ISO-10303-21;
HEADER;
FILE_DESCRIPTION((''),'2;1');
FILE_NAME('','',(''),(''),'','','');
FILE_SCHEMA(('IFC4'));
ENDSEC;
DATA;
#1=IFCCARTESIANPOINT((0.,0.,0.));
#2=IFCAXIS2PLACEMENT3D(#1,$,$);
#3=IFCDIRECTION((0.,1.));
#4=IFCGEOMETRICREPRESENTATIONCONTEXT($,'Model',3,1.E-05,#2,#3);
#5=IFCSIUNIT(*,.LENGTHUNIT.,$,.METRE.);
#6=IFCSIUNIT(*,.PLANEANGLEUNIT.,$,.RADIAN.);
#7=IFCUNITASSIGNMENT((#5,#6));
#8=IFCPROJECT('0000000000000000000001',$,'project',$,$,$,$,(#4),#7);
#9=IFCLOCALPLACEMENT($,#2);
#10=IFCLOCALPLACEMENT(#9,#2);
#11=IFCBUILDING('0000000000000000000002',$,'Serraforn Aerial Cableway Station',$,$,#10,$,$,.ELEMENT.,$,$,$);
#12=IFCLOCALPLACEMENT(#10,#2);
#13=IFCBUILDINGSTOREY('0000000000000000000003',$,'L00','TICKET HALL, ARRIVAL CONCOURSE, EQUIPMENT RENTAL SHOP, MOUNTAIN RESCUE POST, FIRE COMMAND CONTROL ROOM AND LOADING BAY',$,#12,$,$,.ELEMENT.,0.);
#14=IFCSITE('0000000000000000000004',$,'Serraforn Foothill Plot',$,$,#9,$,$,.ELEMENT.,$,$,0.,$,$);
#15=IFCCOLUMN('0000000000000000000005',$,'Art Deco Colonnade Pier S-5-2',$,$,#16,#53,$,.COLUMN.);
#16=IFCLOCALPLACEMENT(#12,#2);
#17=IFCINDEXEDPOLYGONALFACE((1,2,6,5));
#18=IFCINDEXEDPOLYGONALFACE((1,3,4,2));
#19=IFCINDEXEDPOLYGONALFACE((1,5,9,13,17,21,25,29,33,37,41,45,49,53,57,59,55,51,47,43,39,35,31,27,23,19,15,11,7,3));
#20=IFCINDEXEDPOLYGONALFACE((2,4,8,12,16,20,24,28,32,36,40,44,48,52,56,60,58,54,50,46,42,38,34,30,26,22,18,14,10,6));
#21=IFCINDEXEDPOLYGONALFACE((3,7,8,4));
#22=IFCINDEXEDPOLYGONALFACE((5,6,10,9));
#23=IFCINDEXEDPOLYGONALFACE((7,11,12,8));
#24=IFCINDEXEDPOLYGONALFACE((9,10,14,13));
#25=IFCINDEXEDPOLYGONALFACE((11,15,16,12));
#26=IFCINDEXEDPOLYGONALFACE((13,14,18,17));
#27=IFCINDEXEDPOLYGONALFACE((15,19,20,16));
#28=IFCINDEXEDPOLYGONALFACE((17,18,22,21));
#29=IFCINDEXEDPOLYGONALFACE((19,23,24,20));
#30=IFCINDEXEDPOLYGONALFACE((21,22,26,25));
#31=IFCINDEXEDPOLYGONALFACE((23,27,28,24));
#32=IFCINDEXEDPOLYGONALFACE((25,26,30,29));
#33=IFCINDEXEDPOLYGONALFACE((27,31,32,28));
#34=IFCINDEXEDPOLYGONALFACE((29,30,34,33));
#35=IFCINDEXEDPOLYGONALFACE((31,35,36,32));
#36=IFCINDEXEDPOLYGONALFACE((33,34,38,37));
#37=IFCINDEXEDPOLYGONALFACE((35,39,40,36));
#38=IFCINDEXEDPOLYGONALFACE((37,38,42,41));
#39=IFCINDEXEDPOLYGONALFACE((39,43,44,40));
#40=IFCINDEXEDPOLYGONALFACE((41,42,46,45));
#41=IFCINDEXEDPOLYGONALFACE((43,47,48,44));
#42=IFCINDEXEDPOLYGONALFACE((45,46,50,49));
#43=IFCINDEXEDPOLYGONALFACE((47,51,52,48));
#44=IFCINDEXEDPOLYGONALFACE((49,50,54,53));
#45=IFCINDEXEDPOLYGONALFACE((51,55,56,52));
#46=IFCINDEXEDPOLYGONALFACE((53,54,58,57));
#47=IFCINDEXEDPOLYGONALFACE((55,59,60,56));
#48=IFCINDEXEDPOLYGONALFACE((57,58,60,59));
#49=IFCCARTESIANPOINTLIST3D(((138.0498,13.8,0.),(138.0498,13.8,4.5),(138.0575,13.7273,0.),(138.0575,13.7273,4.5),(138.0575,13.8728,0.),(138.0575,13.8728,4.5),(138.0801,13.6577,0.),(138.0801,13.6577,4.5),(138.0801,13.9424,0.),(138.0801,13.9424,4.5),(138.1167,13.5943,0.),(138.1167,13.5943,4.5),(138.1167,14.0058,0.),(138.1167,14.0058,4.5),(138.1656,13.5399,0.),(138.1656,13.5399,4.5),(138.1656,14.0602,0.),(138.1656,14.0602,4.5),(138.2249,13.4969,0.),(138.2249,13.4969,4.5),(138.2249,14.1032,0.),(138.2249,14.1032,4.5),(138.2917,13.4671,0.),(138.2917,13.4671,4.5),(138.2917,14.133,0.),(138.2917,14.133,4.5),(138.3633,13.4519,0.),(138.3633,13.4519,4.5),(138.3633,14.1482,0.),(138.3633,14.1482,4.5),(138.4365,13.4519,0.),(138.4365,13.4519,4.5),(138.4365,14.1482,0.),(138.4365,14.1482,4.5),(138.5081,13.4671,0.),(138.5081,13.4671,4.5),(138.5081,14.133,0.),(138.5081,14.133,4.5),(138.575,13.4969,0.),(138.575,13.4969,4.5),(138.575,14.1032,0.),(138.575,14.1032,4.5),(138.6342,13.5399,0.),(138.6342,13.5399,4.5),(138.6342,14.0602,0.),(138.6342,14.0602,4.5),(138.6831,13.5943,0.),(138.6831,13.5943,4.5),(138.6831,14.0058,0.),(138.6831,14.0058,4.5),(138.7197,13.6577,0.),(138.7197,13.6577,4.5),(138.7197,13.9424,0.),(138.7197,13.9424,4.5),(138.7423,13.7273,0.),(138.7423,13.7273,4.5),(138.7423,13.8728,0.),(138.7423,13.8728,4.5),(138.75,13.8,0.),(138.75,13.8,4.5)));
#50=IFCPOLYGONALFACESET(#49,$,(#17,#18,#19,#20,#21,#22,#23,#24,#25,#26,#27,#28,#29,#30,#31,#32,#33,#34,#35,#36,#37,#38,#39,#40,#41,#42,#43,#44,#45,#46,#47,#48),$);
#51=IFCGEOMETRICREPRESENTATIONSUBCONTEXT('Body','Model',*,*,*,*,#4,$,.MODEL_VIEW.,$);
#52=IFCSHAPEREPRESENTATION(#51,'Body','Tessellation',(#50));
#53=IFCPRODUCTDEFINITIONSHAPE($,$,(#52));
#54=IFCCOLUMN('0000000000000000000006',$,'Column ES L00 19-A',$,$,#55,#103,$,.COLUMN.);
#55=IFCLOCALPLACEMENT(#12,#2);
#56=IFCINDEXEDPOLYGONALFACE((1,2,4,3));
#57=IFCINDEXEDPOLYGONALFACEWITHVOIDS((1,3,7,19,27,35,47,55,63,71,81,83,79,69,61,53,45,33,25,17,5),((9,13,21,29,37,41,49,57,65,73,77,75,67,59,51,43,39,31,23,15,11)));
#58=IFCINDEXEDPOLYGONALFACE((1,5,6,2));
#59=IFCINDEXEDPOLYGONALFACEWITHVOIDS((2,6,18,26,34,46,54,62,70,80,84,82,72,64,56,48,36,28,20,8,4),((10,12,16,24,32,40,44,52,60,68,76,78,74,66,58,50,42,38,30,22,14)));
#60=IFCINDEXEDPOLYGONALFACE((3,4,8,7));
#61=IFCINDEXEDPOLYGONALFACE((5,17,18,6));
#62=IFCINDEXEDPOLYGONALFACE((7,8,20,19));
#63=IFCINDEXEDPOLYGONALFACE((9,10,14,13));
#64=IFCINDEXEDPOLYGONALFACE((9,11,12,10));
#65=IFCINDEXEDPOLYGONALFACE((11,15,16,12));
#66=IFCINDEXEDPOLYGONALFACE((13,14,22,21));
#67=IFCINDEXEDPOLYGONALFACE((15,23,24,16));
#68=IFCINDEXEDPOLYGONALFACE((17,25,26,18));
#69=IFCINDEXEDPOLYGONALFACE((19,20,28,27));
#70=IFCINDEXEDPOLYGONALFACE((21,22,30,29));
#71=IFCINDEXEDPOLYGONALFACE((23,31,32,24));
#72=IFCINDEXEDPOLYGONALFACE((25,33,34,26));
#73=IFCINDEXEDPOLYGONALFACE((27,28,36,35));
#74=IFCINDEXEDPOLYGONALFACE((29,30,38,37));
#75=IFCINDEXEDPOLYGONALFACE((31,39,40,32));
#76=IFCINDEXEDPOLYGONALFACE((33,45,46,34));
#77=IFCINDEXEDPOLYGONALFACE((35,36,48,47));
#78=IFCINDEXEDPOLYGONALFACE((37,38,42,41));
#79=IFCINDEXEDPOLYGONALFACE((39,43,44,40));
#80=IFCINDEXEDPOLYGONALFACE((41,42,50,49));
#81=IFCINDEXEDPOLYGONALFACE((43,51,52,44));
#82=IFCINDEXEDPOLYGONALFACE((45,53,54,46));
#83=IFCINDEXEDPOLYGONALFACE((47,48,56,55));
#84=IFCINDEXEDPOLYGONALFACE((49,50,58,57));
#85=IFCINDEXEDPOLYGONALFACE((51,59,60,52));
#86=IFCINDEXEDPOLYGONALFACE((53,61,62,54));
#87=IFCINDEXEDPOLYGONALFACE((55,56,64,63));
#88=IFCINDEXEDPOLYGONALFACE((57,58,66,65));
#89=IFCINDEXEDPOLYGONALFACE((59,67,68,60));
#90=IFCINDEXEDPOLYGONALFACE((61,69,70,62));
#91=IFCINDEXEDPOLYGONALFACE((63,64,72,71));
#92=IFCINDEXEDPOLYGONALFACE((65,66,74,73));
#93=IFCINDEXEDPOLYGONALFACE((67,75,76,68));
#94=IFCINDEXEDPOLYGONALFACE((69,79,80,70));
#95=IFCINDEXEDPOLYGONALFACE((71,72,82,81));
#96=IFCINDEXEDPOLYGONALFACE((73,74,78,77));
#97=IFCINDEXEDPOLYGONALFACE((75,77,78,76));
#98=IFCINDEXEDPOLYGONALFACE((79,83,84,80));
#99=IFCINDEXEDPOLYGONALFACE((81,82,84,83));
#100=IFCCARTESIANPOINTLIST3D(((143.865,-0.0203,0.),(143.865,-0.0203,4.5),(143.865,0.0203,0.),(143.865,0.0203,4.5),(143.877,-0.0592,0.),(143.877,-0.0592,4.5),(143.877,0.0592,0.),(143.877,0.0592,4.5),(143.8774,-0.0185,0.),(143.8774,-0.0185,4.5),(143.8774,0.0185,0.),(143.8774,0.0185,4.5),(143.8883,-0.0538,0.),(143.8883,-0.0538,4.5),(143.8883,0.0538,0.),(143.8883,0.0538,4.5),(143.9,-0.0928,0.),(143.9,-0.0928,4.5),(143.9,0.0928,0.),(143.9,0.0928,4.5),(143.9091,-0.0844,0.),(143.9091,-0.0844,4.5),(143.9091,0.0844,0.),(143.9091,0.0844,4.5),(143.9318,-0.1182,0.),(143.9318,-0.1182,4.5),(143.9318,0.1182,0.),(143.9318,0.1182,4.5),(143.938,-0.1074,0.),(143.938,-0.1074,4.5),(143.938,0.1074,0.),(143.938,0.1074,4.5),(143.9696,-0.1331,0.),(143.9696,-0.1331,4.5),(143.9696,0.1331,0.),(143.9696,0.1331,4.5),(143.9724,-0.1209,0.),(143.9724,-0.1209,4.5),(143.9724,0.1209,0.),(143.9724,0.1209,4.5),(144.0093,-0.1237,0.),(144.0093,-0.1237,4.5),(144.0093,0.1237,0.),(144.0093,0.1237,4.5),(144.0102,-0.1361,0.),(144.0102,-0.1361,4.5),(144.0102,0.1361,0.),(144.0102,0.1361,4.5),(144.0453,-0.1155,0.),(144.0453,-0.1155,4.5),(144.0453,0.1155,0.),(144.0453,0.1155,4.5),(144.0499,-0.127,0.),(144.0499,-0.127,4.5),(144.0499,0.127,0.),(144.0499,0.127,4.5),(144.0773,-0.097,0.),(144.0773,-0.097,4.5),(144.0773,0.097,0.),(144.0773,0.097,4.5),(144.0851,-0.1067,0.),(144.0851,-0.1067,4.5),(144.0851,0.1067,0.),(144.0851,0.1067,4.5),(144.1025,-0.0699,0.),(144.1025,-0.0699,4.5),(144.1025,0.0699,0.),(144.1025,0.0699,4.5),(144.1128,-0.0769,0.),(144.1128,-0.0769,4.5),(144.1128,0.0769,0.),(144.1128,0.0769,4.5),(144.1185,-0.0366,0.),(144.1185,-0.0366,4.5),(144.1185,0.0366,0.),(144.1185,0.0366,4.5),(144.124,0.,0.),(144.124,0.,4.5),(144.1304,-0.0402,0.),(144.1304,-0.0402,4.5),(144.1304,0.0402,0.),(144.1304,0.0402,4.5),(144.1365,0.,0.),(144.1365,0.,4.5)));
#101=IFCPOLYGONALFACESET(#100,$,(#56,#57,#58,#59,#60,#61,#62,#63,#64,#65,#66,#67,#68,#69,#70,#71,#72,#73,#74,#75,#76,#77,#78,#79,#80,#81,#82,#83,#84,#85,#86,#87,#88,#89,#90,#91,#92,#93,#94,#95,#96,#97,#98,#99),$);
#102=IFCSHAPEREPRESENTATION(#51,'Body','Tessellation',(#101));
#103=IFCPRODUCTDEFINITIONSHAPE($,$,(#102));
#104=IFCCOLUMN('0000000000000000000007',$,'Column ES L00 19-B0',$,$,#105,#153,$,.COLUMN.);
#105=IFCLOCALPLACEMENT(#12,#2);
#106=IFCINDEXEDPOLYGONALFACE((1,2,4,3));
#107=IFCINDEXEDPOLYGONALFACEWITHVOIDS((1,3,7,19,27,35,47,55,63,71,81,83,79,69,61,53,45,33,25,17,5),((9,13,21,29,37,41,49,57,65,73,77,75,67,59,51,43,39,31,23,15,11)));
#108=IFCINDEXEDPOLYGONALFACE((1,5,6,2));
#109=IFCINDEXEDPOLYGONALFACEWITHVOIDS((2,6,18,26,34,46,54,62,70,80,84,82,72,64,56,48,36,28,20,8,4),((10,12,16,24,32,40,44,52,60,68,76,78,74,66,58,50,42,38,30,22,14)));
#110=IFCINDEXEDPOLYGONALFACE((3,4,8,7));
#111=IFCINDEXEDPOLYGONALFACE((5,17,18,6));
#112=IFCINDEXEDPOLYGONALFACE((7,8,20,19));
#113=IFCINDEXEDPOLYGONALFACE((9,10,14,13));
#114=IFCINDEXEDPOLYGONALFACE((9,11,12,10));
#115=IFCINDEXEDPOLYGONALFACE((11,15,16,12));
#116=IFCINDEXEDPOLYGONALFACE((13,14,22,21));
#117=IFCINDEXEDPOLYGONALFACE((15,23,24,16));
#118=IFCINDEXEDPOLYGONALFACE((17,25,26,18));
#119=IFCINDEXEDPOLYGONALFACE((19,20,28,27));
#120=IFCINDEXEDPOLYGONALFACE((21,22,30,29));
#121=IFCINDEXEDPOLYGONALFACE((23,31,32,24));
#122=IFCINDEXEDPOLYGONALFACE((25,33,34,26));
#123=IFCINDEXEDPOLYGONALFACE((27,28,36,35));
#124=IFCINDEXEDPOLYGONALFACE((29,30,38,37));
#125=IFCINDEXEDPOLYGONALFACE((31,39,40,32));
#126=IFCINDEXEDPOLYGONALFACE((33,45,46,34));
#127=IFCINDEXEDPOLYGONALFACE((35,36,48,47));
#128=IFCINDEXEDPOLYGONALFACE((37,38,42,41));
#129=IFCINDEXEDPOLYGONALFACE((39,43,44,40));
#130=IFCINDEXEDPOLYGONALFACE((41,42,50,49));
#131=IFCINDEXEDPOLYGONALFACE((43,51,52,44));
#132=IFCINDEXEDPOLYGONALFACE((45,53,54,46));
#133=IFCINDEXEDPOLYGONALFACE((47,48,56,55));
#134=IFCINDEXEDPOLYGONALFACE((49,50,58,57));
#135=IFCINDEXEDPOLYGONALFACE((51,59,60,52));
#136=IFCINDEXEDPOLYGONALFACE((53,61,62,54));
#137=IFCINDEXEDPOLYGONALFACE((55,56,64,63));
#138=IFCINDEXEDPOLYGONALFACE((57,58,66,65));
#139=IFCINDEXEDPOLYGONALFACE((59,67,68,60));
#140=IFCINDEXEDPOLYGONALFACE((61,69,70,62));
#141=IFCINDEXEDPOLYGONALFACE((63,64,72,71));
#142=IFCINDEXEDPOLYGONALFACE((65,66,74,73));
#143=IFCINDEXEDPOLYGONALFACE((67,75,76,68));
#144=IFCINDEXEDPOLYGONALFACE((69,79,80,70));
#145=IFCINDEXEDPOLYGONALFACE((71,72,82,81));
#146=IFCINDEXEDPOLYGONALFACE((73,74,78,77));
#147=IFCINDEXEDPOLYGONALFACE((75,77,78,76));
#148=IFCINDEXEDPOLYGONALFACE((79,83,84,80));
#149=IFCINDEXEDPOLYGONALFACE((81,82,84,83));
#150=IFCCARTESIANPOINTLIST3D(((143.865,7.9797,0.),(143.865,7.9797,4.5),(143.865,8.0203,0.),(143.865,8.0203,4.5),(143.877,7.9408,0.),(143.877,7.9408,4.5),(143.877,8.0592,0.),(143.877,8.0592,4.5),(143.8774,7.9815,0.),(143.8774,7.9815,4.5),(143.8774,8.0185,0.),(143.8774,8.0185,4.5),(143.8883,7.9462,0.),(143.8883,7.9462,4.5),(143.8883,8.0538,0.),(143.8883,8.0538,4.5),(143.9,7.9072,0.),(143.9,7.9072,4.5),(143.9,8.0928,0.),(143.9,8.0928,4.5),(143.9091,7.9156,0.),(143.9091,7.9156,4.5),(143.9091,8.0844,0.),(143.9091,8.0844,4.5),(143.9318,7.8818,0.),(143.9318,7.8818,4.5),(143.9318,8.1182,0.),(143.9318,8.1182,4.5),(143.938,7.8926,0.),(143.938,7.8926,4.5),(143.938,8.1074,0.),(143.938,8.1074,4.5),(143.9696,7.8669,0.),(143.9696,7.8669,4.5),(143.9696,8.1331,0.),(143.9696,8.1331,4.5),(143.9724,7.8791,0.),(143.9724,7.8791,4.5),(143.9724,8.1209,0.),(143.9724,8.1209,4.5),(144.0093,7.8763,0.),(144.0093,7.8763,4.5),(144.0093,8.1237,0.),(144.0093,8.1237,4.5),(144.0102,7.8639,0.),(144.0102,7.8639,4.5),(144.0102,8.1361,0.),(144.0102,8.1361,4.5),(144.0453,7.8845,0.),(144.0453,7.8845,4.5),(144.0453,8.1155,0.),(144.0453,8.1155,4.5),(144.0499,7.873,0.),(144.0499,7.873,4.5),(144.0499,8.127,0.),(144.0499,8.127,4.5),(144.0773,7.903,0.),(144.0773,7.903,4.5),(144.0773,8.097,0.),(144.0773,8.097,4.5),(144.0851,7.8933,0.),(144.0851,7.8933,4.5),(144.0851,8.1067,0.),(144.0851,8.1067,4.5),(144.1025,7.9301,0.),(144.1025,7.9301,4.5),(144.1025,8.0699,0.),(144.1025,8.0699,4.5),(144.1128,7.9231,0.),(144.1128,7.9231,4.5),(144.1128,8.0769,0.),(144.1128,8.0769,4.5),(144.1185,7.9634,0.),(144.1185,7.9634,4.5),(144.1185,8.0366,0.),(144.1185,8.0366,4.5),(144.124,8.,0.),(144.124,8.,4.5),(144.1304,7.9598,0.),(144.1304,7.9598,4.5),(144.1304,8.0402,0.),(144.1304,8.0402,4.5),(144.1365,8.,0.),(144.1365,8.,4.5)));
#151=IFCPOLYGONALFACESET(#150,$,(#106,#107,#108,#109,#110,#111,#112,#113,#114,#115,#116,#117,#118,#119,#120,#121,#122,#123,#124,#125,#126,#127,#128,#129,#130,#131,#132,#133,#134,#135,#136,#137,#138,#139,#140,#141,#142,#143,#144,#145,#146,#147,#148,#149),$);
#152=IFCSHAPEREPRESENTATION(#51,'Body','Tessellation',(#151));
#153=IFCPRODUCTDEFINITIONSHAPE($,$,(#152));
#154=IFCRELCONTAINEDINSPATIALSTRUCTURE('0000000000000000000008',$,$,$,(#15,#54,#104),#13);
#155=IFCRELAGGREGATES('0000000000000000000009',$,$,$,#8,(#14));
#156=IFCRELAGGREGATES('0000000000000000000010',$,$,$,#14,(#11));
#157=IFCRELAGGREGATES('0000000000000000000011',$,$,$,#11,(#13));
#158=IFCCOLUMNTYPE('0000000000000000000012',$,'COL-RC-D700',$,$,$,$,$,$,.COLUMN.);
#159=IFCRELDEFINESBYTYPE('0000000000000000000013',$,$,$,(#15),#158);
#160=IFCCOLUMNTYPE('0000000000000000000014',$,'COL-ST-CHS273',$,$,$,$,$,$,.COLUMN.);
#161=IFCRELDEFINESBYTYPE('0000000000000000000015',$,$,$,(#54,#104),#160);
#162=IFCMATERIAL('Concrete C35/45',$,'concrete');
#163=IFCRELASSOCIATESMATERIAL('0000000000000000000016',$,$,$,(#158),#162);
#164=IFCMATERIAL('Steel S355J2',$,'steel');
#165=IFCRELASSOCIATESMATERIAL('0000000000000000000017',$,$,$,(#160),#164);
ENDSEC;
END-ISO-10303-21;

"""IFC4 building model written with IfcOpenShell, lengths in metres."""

from ifc_helpers import new_model, si_unit, direction, frame, origin, origin_2d, place, context, subcontext, project, spatial, circle, hollow_circle, extrude, material, material_profile, profile_set, type_object, element, save


model = new_model("IFC4")

# Units and contexts
model_context = context("Model", 3, precision=1e-05, world=origin(), true_north=direction((0.0, 1.0)))
body_context = subcontext(model_context, "Body", "Model", "MODEL_VIEW")
ifc_project = project(units=[si_unit("LENGTHUNIT", "METRE"), si_unit("PLANEANGLEUNIT", "RADIAN")], contexts=[model_context])

# Site, building, storey
site_placement = place(None, origin())
site = spatial("IfcSite", under=ifc_project, at=site_placement, Name="Serraforn Foothill Plot", CompositionType="ELEMENT", RefElevation=0.0)
building_placement = place(site_placement, origin())
building = spatial("IfcBuilding", under=site, at=building_placement, Name="Serraforn Aerial Cableway Station", CompositionType="ELEMENT")
storey_placement = place(building_placement, origin())
storey = spatial("IfcBuildingStorey", under=building, at=storey_placement, Name="L00", Description="TICKET HALL, ARRIVAL CONCOURSE, EQUIPMENT RENTAL SHOP, MOUNTAIN RESCUE POST, FIRE COMMAND CONTROL ROOM AND LOADING BAY", CompositionType="ELEMENT", Elevation=0.0)

# Shared definitions
ifc_material_1 = material(Name="Concrete C35/45", Category="concrete")

# Columns
ifc_material_profile_1 = material_profile(ifc_material_1, circle(Radius=0.3501, at=origin_2d()), Name="RC D700")
ifc_profile_set_1 = profile_set([ifc_material_profile_1], Name="Concrete C35/45")
column_type_1 = type_object("IfcColumnType", Name="COL-RC-D700", PredefinedType="COLUMN", material=ifc_profile_set_1)
for number, where, z_axis, x_axis, name in (
    (1, (138.3999, 13.8, 0.0), (0.0, 0.0, 1.0), (1.0, 0.0, 0.0), "Art Deco Colonnade Pier S-5-2"),
):
    element("IfcColumn", number, at=place(storey_placement, frame(where, z_axis=z_axis, x_axis=x_axis)), inside=storey, type_object=column_type_1, Name=name, PredefinedType="COLUMN", context=body_context, shape_type="SweptSolid", body=[
        extrude(circle(Radius=0.3501, at=origin_2d()), origin(), (0.0, 0.0, 1.0), 4.5),
    ])
ifc_material_2 = material(Name="Steel S355J2", Category="steel")
ifc_material_profile_2 = material_profile(ifc_material_2, hollow_circle(Radius=0.1365, WallThickness=0.0125, at=origin_2d()), Name="CHS 273.0x12.5")
ifc_profile_set_2 = profile_set([ifc_material_profile_2], Name="Steel S355J2")
column_type_2 = type_object("IfcColumnType", Name="COL-ST-CHS273", PredefinedType="COLUMN", material=ifc_profile_set_2)
for number, where, z_axis, x_axis, name in (
    (2, (144.0, 0.0, 0.0), (0.0, 0.0, 1.0), (1.0, 0.0, 0.0), "Column ES L00 19-A"),
    (3, (144.0, 8.0, 0.0), (0.0, 0.0, 1.0), (1.0, 0.0, 0.0), "Column ES L00 19-B0"),
):
    element("IfcColumn", number, at=place(storey_placement, frame(where, z_axis=z_axis, x_axis=x_axis)), inside=storey, type_object=column_type_2, Name=name, PredefinedType="COLUMN", context=body_context, shape_type="SweptSolid", body=[
        extrude(hollow_circle(Radius=0.1365, WallThickness=0.0125, at=origin_2d()), origin(), (0.0, 0.0, 1.0), 4.5),
    ])

save(model, "model.ifc")
